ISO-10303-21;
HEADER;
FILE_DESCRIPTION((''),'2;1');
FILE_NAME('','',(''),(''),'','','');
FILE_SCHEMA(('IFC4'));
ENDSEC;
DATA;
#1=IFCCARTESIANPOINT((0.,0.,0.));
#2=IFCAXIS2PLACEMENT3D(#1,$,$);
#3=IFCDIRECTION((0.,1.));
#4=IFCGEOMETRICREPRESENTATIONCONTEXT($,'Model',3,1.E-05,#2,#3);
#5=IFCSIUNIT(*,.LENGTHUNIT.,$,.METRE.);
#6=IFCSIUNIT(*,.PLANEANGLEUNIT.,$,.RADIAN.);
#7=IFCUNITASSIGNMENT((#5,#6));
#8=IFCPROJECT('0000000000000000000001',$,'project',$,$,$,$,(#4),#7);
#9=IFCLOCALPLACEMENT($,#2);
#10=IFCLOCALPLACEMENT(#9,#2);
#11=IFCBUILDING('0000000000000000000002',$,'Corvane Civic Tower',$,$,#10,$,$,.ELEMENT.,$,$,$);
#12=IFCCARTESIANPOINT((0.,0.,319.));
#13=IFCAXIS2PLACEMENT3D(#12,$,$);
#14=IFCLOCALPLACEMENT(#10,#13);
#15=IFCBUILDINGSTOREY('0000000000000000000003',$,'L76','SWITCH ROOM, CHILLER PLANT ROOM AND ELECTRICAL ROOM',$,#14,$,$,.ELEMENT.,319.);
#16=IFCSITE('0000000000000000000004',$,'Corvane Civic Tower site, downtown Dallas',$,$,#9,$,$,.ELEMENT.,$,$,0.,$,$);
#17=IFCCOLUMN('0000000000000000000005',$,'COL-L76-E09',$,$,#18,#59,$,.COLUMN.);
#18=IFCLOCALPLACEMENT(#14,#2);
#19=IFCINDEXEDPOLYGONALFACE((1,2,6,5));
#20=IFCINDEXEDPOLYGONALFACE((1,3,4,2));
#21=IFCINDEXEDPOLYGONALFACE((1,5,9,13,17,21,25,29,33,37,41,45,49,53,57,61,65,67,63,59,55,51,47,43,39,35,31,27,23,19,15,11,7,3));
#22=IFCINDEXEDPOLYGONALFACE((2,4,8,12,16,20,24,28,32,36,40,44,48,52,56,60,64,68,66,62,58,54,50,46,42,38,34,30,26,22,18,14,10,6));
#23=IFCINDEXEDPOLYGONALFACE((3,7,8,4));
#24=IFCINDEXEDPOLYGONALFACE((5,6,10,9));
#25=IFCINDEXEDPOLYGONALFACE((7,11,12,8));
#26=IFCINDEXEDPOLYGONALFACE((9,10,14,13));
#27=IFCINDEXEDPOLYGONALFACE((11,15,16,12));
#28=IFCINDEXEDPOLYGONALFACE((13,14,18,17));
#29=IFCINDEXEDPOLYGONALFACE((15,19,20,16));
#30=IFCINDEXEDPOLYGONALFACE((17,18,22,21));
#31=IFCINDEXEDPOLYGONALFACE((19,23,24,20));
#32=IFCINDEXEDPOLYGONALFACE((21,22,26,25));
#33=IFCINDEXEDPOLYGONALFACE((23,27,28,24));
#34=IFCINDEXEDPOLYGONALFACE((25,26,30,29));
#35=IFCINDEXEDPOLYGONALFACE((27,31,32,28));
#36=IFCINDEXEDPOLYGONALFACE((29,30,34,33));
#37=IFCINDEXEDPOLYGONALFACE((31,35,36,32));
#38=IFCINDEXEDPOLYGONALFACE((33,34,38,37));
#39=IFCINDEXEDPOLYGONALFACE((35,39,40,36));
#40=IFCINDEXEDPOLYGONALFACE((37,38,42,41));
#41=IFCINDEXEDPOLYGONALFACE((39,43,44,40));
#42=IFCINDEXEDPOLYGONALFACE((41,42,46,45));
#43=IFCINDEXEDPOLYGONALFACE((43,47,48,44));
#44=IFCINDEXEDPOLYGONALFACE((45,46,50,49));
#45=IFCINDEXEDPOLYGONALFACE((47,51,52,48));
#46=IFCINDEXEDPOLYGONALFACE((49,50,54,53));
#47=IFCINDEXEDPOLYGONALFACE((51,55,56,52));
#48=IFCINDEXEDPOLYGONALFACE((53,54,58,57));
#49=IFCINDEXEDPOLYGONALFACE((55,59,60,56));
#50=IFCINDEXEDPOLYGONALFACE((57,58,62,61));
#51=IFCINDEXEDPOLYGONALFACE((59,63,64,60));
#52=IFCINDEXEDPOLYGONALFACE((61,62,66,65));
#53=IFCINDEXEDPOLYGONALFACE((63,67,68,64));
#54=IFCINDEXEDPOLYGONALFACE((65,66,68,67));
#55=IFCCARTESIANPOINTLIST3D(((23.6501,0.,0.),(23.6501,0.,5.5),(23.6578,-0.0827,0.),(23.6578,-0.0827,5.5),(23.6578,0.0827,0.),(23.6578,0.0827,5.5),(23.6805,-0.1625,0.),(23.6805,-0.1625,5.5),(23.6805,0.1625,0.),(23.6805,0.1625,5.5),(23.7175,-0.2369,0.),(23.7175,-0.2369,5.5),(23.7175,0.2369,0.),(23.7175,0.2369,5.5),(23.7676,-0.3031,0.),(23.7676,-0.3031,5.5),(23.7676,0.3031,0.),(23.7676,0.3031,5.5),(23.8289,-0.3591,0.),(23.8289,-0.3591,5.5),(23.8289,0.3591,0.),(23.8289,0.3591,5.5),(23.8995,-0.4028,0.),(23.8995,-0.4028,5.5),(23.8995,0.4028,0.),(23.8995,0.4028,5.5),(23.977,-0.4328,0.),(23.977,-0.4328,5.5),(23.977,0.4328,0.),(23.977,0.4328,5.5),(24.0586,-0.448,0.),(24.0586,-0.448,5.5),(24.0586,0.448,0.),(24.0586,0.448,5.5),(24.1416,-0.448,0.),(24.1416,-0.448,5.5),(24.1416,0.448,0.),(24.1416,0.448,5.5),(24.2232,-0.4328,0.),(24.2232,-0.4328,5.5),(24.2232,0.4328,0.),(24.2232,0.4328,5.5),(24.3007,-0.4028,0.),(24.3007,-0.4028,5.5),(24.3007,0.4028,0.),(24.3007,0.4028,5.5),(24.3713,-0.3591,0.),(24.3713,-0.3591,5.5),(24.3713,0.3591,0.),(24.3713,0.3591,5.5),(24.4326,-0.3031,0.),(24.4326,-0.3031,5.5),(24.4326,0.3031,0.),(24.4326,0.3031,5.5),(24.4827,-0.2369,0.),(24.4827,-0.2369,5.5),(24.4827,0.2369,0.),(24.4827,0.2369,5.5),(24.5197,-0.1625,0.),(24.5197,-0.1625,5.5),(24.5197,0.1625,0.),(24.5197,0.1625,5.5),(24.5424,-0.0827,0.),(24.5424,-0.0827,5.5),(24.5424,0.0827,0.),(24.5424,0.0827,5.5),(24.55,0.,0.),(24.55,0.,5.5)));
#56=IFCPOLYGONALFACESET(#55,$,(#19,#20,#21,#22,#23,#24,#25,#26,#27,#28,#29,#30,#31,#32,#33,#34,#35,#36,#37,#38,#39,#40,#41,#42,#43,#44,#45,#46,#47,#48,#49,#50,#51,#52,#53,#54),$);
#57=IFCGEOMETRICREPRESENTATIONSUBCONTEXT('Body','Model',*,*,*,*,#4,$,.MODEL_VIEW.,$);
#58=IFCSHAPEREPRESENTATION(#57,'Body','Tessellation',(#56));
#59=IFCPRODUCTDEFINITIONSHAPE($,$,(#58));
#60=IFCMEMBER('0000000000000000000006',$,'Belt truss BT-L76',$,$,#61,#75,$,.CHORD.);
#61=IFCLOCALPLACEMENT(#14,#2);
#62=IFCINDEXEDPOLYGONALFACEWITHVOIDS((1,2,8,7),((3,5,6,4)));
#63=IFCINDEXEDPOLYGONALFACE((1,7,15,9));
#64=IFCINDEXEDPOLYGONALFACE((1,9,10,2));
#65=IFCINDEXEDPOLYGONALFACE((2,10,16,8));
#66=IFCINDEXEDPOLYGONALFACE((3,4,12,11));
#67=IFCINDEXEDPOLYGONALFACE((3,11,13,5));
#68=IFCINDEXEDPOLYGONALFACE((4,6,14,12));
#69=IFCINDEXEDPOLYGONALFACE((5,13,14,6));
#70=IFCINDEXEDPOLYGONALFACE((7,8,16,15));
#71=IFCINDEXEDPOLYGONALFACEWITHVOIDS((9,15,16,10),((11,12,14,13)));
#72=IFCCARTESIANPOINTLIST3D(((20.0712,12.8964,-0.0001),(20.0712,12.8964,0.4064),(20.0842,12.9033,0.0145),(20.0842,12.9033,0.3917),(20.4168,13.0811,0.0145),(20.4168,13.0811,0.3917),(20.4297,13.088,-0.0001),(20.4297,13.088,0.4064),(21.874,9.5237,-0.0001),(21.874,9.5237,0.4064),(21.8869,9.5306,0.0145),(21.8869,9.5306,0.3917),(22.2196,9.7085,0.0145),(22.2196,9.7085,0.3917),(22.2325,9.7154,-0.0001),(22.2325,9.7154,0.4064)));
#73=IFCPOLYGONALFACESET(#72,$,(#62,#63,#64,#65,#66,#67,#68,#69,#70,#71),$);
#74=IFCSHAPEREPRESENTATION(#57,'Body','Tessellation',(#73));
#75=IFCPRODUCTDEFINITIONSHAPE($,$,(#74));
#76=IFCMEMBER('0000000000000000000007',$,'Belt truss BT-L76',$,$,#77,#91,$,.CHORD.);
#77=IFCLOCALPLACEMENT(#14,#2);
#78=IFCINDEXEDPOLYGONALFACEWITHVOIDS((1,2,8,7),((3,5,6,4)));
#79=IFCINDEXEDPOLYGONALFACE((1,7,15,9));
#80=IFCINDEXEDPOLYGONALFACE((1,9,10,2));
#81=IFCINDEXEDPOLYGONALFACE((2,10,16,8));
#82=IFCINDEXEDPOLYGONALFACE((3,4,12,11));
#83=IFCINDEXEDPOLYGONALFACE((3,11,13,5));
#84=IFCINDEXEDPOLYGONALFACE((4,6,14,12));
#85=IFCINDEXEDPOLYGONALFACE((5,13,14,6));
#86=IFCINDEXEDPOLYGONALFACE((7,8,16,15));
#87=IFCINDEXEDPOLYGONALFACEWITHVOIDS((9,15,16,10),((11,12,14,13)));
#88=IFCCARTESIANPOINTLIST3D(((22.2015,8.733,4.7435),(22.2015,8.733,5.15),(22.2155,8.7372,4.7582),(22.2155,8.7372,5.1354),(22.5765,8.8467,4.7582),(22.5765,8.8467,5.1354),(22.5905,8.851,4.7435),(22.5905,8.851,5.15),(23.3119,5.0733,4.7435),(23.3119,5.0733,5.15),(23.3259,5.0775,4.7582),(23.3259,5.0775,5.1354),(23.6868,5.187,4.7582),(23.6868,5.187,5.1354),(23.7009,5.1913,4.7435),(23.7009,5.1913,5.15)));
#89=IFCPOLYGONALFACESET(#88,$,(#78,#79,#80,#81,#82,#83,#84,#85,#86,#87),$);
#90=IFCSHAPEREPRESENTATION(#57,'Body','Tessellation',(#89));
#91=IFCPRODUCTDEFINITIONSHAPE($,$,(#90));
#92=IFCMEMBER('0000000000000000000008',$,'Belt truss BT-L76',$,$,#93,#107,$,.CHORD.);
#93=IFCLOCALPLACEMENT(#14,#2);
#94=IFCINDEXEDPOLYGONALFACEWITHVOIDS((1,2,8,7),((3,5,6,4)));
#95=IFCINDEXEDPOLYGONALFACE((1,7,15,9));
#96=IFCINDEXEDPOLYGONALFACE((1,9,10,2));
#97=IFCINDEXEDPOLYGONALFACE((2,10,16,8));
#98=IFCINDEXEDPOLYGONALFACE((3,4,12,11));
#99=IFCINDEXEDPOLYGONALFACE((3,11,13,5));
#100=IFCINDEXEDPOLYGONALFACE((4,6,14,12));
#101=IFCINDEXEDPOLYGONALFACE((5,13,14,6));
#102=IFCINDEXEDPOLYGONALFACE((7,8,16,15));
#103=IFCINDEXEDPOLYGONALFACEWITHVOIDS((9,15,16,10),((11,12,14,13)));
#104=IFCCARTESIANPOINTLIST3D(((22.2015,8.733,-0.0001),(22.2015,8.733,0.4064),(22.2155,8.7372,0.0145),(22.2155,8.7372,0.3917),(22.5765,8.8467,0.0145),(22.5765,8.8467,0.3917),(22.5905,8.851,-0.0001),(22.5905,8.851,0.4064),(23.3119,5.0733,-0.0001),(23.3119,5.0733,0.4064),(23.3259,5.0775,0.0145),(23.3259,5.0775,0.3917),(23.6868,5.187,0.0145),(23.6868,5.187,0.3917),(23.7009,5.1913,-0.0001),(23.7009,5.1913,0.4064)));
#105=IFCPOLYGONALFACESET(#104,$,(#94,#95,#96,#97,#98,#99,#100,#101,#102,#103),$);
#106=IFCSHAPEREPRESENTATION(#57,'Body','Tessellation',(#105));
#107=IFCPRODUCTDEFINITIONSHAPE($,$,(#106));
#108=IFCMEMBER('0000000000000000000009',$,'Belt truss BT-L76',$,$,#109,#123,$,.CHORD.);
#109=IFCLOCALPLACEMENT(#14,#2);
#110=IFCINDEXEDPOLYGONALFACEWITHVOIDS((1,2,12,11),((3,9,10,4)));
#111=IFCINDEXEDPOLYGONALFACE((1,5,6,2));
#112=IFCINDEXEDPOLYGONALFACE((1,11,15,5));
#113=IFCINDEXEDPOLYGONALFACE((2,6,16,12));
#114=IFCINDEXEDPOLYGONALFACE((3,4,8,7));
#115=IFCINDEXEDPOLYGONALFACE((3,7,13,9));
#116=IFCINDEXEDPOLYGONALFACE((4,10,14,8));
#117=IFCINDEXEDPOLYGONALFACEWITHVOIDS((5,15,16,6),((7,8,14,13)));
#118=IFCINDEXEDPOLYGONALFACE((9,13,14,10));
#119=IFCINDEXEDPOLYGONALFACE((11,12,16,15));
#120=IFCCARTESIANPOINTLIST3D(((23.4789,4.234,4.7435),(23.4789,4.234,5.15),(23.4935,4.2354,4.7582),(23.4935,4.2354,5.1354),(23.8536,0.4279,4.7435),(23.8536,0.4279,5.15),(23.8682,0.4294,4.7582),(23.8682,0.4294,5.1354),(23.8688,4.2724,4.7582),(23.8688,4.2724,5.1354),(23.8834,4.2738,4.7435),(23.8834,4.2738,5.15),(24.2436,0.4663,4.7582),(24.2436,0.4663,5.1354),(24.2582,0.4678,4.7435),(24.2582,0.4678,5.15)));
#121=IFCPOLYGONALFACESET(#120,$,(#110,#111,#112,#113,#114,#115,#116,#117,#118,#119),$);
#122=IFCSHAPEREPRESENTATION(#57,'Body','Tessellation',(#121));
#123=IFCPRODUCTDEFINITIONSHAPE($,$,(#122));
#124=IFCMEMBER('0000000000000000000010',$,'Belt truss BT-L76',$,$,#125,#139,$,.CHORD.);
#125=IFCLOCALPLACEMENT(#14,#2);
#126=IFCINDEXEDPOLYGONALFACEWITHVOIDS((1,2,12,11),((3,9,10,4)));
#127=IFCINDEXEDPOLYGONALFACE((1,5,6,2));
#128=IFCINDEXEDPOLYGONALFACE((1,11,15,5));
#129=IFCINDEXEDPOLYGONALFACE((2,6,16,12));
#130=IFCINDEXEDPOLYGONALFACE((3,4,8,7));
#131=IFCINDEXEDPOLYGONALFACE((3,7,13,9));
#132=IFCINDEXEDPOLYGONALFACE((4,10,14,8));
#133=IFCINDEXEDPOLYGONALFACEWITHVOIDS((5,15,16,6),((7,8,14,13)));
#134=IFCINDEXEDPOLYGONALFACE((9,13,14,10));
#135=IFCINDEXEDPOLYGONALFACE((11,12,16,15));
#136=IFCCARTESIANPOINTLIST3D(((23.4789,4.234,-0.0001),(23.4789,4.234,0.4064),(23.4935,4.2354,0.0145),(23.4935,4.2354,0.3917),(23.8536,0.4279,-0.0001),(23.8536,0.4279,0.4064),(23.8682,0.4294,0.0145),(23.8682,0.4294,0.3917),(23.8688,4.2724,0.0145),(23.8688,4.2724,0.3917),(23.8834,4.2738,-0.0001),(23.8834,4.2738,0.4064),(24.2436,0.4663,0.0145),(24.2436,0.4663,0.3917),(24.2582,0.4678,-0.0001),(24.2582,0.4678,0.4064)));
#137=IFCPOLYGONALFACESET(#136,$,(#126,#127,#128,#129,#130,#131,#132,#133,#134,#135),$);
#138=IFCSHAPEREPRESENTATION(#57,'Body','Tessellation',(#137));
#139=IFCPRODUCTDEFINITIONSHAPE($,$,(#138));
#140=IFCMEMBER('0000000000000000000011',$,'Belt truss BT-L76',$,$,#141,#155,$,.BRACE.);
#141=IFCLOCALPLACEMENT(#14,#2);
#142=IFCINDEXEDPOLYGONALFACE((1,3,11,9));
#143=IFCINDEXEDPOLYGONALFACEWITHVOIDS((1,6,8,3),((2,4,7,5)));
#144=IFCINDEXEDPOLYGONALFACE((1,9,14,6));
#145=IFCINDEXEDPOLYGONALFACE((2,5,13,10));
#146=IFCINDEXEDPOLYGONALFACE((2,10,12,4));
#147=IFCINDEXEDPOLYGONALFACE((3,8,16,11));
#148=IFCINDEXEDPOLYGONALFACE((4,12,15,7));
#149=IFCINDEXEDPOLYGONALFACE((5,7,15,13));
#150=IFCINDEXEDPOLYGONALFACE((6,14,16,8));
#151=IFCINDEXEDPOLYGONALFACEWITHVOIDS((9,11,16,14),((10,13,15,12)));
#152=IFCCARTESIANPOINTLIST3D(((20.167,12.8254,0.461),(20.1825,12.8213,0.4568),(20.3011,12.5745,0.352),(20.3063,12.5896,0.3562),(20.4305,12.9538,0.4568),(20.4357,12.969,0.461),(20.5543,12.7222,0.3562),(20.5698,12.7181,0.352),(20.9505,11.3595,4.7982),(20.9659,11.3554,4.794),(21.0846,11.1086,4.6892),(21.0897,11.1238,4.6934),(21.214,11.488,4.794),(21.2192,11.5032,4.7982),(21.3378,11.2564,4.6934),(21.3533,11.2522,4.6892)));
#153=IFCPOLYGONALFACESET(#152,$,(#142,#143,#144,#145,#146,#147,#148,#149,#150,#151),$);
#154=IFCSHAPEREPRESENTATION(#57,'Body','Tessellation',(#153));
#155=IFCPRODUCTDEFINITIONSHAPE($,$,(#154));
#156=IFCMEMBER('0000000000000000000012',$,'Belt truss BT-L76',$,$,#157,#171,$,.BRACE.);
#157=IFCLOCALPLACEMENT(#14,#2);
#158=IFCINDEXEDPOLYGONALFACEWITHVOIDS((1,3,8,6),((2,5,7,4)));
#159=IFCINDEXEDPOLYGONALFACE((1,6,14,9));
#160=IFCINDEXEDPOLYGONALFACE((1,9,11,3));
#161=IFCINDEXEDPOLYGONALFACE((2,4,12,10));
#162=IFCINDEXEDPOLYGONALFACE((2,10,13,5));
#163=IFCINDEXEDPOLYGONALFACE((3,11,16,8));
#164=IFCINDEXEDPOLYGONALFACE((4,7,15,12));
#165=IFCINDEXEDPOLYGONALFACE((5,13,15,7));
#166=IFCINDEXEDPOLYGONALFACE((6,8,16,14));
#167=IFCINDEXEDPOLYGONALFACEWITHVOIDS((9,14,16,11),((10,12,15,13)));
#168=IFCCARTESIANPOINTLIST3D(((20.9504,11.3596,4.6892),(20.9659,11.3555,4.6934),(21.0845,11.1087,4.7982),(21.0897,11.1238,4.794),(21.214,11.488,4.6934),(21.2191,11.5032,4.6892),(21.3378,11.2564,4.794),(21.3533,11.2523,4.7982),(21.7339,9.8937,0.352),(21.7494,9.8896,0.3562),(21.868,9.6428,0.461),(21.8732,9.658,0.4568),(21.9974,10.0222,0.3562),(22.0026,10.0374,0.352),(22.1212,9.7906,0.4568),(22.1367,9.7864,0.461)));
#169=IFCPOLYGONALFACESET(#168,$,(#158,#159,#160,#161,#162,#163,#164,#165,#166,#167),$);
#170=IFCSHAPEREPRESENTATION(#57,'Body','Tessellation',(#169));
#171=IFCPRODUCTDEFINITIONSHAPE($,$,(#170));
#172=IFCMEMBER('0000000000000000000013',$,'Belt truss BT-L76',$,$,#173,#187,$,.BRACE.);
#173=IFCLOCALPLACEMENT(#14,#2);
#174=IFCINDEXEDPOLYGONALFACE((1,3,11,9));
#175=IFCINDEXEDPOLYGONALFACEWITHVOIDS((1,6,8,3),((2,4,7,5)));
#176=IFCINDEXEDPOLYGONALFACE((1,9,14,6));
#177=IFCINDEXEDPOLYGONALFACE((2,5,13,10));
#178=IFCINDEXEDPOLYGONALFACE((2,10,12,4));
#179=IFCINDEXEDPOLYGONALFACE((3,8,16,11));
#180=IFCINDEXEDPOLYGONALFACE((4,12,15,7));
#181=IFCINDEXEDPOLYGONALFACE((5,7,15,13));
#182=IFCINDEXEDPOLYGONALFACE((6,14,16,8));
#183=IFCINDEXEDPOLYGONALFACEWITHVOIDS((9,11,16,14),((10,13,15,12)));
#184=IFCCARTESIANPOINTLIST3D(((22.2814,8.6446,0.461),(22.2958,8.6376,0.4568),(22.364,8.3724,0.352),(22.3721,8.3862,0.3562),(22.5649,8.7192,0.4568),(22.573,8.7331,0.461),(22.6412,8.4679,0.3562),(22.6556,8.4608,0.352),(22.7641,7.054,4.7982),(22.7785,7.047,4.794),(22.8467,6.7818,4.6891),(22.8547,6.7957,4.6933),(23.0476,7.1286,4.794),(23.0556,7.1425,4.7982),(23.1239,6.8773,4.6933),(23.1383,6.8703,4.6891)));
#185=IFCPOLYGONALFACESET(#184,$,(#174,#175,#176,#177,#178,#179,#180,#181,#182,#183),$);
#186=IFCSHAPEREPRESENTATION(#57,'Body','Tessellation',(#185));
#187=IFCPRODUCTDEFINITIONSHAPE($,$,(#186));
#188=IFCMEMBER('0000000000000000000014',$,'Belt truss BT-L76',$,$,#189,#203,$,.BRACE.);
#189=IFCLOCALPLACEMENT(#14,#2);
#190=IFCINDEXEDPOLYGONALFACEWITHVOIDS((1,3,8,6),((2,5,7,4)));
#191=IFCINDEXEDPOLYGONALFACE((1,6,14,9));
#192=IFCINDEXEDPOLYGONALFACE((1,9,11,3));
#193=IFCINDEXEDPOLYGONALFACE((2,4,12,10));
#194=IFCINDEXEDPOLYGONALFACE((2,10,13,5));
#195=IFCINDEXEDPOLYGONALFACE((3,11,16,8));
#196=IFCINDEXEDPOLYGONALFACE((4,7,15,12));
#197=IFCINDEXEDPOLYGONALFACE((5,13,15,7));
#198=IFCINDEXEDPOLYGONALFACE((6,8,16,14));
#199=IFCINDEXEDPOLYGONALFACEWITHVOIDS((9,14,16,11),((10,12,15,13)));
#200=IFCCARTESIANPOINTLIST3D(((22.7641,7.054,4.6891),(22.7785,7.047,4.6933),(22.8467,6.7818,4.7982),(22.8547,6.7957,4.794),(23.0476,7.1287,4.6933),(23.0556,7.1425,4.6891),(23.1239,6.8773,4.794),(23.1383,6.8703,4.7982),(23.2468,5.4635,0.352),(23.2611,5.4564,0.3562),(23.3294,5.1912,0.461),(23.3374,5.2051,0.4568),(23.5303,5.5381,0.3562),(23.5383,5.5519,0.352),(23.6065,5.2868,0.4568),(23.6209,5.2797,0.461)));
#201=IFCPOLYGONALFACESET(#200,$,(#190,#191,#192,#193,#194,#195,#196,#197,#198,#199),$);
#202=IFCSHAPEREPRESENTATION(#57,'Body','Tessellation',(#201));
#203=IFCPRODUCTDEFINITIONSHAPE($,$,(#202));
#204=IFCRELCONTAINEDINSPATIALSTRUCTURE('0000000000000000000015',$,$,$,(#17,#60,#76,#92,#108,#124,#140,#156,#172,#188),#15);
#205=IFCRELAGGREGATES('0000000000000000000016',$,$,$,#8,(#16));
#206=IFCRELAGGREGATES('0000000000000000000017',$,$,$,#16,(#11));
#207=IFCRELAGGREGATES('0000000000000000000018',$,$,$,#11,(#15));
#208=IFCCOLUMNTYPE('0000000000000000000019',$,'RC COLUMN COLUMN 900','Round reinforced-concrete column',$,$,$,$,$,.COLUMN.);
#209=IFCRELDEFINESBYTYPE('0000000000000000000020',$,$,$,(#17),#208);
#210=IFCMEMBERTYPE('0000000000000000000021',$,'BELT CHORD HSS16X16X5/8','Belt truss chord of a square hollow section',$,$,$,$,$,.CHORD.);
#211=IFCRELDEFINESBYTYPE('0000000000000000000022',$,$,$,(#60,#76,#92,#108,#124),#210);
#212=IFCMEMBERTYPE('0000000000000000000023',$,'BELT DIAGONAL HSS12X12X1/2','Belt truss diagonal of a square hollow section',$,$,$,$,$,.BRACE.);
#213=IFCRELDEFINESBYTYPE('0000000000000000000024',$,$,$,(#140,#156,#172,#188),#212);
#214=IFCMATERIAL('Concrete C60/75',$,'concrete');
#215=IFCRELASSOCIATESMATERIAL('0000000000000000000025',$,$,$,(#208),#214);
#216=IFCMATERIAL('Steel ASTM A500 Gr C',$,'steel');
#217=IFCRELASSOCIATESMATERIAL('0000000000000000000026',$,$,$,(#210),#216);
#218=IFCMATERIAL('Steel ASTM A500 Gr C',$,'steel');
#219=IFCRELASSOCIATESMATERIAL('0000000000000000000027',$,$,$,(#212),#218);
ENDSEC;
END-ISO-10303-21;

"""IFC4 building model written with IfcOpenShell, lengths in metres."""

from ifc_helpers import new_model, si_unit, direction, frame, origin, origin_2d, place, context, subcontext, project, spatial, hollow_rectangle, circle, extrude, material, material_profile, profile_set, type_object, element, save


model = new_model("IFC4")

# Units and contexts
model_context = context("Model", 3, precision=1e-05, world=origin(), true_north=direction((0.0, 1.0)))
body_context = subcontext(model_context, "Body", "Model", "MODEL_VIEW")
ifc_project = project(units=[si_unit("LENGTHUNIT", "METRE"), si_unit("PLANEANGLEUNIT", "RADIAN")], contexts=[model_context])

# Site, building, storey
site_placement = place(None, origin())
site = spatial("IfcSite", under=ifc_project, at=site_placement, Name="Corvane Civic Tower site, downtown Dallas", CompositionType="ELEMENT", RefElevation=0.0)
building_placement = place(site_placement, origin())
building = spatial("IfcBuilding", under=site, at=building_placement, Name="Corvane Civic Tower", CompositionType="ELEMENT")
storey_placement = place(building_placement, frame((0.0, 0.0, 319.0)))
storey = spatial("IfcBuildingStorey", under=building, at=storey_placement, Name="L76", Description="SWITCH ROOM, CHILLER PLANT ROOM AND ELECTRICAL ROOM", CompositionType="ELEMENT", Elevation=319.0)

# Column
ifc_material_1 = material(Name="Concrete C60/75", Category="concrete")
ifc_material_profile_1 = material_profile(ifc_material_1, circle(Radius=0.45, at=origin_2d()), Name="COLUMN 900")
ifc_profile_set_1 = profile_set([ifc_material_profile_1], Name="Concrete C60/75")
column_type_1 = type_object("IfcColumnType", Name="RC COLUMN COLUMN 900", Description="Round reinforced-concrete column", PredefinedType="COLUMN", material=ifc_profile_set_1)
for number, where, z_axis, x_axis, name in (
    (1, (24.1001, 0.0, 0.0), (0.0, 0.0, 1.0), (1.0, 0.0, 0.0), "COL-L76-E09"),
):
    element("IfcColumn", number, at=place(storey_placement, frame(where, z_axis=z_axis, x_axis=x_axis)), inside=storey, type_object=column_type_1, Name=name, PredefinedType="COLUMN", context=body_context, shape_type="SweptSolid", body=[
        extrude(circle(Radius=0.45, at=origin_2d()), origin(), (0.0, 0.0, 1.0), 5.5),
    ])

# Members
ifc_material_2 = material(Name="Steel ASTM A500 Gr C", Category="steel")
ifc_material_profile_2 = material_profile(ifc_material_2, hollow_rectangle(XDim=0.4065, YDim=0.4065, WallThickness=0.0146, at=origin_2d()), Name="HSS16X16X5/8")
ifc_profile_set_2 = profile_set([ifc_material_profile_2], Name="Steel ASTM A500 Gr C")
member_type_1 = type_object("IfcMemberType", Name="BELT CHORD HSS16X16X5/8", Description="Belt truss chord of a square hollow section", PredefinedType="CHORD", material=ifc_profile_set_2)
member_1_placement = place(storey_placement, frame((20.2505, 12.9922, 0.2031), z_axis=(0.47141, -0.881914, 0.0), x_axis=(0.881914, 0.47141, 0.0)))
element("IfcMember", 2, at=member_1_placement, inside=storey, type_object=member_type_1, Name="Belt truss BT-L76", PredefinedType="CHORD", context=body_context, shape_type="SweptSolid", body=[
    extrude(hollow_rectangle(XDim=0.4065, YDim=0.4065, WallThickness=0.0146, at=origin_2d()), origin(), (0.0, 0.0, 1.0), 3.8242),
])
for number, where, z_axis, x_axis, name in (
    (3, (22.396, 8.792, 4.9468), (0.290333, -0.956926, 0.0), (0.956926, 0.290333, 0.0), "Belt truss BT-L76"),
    (4, (22.396, 8.792, 0.2031), (0.290333, -0.956926, 0.0), (0.956926, 0.290333, 0.0), "Belt truss BT-L76"),
    (5, (23.6812, 4.2539, 4.9468), (0.097987, -0.995188, 0.0), (0.995188, 0.097987, 0.0), "Belt truss BT-L76"),
    (6, (23.6812, 4.2539, 0.2031), (0.097987, -0.995188, 0.0), (0.995188, 0.097987, 0.0), "Belt truss BT-L76"),
):
    element("IfcMember", number, at=place(storey_placement, frame(where, z_axis=z_axis, x_axis=x_axis)), inside=storey, type_object=member_type_1, Name=name, PredefinedType="CHORD", context=body_context, shape_type="SweptSolid", body=[
        extrude(hollow_rectangle(XDim=0.4065, YDim=0.4065, WallThickness=0.0146, at=origin_2d()), origin(), (0.0, 0.0, 1.0), 3.8245),
    ])
ifc_material_3 = material(Name="Steel ASTM A500 Gr C", Category="steel")
ifc_material_profile_3 = material_profile(ifc_material_3, hollow_rectangle(XDim=0.3047, YDim=0.3047, WallThickness=0.0117, at=origin_2d()), Name="HSS12X12X1/2")
ifc_profile_set_3 = profile_set([ifc_material_profile_3], Name="Steel ASTM A500 Gr C")
member_type_2 = type_object("IfcMemberType", Name="BELT DIAGONAL HSS12X12X1/2", Description="Belt truss diagonal of a square hollow section", PredefinedType="BRACE", material=ifc_profile_set_3)
for number, where, z_axis, x_axis, name in (
    (7, (20.3684, 12.7717, 0.4065), (0.168675, -0.315589, 0.933784), (0.881934, 0.471373, 0.0), "Belt truss BT-L76"),
    (8, (21.9353, 9.8401, 0.4065), (-0.168675, 0.315589, 0.933784), (-0.881934, -0.471373, 0.0), "Belt truss BT-L76"),
    (9, (22.4685, 8.5527, 0.4065), (0.103916, -0.342445, 0.933773), (0.956912, 0.290378, 0.0), "Belt truss BT-L76"),
    (10, (23.4338, 5.3716, 0.4065), (-0.103916, 0.342445, 0.933773), (-0.956912, -0.290378, 0.0), "Belt truss BT-L76"),
):
    element("IfcMember", number, at=place(storey_placement, frame(where, z_axis=z_axis, x_axis=x_axis)), inside=storey, type_object=member_type_2, Name=name, PredefinedType="BRACE", context=body_context, shape_type="SweptSolid", body=[
        extrude(hollow_rectangle(XDim=0.3047, YDim=0.3047, WallThickness=0.0117, at=origin_2d()), origin(), (0.0, 0.0, 1.0), 4.6448),
    ])

save(model, "model.ifc")
